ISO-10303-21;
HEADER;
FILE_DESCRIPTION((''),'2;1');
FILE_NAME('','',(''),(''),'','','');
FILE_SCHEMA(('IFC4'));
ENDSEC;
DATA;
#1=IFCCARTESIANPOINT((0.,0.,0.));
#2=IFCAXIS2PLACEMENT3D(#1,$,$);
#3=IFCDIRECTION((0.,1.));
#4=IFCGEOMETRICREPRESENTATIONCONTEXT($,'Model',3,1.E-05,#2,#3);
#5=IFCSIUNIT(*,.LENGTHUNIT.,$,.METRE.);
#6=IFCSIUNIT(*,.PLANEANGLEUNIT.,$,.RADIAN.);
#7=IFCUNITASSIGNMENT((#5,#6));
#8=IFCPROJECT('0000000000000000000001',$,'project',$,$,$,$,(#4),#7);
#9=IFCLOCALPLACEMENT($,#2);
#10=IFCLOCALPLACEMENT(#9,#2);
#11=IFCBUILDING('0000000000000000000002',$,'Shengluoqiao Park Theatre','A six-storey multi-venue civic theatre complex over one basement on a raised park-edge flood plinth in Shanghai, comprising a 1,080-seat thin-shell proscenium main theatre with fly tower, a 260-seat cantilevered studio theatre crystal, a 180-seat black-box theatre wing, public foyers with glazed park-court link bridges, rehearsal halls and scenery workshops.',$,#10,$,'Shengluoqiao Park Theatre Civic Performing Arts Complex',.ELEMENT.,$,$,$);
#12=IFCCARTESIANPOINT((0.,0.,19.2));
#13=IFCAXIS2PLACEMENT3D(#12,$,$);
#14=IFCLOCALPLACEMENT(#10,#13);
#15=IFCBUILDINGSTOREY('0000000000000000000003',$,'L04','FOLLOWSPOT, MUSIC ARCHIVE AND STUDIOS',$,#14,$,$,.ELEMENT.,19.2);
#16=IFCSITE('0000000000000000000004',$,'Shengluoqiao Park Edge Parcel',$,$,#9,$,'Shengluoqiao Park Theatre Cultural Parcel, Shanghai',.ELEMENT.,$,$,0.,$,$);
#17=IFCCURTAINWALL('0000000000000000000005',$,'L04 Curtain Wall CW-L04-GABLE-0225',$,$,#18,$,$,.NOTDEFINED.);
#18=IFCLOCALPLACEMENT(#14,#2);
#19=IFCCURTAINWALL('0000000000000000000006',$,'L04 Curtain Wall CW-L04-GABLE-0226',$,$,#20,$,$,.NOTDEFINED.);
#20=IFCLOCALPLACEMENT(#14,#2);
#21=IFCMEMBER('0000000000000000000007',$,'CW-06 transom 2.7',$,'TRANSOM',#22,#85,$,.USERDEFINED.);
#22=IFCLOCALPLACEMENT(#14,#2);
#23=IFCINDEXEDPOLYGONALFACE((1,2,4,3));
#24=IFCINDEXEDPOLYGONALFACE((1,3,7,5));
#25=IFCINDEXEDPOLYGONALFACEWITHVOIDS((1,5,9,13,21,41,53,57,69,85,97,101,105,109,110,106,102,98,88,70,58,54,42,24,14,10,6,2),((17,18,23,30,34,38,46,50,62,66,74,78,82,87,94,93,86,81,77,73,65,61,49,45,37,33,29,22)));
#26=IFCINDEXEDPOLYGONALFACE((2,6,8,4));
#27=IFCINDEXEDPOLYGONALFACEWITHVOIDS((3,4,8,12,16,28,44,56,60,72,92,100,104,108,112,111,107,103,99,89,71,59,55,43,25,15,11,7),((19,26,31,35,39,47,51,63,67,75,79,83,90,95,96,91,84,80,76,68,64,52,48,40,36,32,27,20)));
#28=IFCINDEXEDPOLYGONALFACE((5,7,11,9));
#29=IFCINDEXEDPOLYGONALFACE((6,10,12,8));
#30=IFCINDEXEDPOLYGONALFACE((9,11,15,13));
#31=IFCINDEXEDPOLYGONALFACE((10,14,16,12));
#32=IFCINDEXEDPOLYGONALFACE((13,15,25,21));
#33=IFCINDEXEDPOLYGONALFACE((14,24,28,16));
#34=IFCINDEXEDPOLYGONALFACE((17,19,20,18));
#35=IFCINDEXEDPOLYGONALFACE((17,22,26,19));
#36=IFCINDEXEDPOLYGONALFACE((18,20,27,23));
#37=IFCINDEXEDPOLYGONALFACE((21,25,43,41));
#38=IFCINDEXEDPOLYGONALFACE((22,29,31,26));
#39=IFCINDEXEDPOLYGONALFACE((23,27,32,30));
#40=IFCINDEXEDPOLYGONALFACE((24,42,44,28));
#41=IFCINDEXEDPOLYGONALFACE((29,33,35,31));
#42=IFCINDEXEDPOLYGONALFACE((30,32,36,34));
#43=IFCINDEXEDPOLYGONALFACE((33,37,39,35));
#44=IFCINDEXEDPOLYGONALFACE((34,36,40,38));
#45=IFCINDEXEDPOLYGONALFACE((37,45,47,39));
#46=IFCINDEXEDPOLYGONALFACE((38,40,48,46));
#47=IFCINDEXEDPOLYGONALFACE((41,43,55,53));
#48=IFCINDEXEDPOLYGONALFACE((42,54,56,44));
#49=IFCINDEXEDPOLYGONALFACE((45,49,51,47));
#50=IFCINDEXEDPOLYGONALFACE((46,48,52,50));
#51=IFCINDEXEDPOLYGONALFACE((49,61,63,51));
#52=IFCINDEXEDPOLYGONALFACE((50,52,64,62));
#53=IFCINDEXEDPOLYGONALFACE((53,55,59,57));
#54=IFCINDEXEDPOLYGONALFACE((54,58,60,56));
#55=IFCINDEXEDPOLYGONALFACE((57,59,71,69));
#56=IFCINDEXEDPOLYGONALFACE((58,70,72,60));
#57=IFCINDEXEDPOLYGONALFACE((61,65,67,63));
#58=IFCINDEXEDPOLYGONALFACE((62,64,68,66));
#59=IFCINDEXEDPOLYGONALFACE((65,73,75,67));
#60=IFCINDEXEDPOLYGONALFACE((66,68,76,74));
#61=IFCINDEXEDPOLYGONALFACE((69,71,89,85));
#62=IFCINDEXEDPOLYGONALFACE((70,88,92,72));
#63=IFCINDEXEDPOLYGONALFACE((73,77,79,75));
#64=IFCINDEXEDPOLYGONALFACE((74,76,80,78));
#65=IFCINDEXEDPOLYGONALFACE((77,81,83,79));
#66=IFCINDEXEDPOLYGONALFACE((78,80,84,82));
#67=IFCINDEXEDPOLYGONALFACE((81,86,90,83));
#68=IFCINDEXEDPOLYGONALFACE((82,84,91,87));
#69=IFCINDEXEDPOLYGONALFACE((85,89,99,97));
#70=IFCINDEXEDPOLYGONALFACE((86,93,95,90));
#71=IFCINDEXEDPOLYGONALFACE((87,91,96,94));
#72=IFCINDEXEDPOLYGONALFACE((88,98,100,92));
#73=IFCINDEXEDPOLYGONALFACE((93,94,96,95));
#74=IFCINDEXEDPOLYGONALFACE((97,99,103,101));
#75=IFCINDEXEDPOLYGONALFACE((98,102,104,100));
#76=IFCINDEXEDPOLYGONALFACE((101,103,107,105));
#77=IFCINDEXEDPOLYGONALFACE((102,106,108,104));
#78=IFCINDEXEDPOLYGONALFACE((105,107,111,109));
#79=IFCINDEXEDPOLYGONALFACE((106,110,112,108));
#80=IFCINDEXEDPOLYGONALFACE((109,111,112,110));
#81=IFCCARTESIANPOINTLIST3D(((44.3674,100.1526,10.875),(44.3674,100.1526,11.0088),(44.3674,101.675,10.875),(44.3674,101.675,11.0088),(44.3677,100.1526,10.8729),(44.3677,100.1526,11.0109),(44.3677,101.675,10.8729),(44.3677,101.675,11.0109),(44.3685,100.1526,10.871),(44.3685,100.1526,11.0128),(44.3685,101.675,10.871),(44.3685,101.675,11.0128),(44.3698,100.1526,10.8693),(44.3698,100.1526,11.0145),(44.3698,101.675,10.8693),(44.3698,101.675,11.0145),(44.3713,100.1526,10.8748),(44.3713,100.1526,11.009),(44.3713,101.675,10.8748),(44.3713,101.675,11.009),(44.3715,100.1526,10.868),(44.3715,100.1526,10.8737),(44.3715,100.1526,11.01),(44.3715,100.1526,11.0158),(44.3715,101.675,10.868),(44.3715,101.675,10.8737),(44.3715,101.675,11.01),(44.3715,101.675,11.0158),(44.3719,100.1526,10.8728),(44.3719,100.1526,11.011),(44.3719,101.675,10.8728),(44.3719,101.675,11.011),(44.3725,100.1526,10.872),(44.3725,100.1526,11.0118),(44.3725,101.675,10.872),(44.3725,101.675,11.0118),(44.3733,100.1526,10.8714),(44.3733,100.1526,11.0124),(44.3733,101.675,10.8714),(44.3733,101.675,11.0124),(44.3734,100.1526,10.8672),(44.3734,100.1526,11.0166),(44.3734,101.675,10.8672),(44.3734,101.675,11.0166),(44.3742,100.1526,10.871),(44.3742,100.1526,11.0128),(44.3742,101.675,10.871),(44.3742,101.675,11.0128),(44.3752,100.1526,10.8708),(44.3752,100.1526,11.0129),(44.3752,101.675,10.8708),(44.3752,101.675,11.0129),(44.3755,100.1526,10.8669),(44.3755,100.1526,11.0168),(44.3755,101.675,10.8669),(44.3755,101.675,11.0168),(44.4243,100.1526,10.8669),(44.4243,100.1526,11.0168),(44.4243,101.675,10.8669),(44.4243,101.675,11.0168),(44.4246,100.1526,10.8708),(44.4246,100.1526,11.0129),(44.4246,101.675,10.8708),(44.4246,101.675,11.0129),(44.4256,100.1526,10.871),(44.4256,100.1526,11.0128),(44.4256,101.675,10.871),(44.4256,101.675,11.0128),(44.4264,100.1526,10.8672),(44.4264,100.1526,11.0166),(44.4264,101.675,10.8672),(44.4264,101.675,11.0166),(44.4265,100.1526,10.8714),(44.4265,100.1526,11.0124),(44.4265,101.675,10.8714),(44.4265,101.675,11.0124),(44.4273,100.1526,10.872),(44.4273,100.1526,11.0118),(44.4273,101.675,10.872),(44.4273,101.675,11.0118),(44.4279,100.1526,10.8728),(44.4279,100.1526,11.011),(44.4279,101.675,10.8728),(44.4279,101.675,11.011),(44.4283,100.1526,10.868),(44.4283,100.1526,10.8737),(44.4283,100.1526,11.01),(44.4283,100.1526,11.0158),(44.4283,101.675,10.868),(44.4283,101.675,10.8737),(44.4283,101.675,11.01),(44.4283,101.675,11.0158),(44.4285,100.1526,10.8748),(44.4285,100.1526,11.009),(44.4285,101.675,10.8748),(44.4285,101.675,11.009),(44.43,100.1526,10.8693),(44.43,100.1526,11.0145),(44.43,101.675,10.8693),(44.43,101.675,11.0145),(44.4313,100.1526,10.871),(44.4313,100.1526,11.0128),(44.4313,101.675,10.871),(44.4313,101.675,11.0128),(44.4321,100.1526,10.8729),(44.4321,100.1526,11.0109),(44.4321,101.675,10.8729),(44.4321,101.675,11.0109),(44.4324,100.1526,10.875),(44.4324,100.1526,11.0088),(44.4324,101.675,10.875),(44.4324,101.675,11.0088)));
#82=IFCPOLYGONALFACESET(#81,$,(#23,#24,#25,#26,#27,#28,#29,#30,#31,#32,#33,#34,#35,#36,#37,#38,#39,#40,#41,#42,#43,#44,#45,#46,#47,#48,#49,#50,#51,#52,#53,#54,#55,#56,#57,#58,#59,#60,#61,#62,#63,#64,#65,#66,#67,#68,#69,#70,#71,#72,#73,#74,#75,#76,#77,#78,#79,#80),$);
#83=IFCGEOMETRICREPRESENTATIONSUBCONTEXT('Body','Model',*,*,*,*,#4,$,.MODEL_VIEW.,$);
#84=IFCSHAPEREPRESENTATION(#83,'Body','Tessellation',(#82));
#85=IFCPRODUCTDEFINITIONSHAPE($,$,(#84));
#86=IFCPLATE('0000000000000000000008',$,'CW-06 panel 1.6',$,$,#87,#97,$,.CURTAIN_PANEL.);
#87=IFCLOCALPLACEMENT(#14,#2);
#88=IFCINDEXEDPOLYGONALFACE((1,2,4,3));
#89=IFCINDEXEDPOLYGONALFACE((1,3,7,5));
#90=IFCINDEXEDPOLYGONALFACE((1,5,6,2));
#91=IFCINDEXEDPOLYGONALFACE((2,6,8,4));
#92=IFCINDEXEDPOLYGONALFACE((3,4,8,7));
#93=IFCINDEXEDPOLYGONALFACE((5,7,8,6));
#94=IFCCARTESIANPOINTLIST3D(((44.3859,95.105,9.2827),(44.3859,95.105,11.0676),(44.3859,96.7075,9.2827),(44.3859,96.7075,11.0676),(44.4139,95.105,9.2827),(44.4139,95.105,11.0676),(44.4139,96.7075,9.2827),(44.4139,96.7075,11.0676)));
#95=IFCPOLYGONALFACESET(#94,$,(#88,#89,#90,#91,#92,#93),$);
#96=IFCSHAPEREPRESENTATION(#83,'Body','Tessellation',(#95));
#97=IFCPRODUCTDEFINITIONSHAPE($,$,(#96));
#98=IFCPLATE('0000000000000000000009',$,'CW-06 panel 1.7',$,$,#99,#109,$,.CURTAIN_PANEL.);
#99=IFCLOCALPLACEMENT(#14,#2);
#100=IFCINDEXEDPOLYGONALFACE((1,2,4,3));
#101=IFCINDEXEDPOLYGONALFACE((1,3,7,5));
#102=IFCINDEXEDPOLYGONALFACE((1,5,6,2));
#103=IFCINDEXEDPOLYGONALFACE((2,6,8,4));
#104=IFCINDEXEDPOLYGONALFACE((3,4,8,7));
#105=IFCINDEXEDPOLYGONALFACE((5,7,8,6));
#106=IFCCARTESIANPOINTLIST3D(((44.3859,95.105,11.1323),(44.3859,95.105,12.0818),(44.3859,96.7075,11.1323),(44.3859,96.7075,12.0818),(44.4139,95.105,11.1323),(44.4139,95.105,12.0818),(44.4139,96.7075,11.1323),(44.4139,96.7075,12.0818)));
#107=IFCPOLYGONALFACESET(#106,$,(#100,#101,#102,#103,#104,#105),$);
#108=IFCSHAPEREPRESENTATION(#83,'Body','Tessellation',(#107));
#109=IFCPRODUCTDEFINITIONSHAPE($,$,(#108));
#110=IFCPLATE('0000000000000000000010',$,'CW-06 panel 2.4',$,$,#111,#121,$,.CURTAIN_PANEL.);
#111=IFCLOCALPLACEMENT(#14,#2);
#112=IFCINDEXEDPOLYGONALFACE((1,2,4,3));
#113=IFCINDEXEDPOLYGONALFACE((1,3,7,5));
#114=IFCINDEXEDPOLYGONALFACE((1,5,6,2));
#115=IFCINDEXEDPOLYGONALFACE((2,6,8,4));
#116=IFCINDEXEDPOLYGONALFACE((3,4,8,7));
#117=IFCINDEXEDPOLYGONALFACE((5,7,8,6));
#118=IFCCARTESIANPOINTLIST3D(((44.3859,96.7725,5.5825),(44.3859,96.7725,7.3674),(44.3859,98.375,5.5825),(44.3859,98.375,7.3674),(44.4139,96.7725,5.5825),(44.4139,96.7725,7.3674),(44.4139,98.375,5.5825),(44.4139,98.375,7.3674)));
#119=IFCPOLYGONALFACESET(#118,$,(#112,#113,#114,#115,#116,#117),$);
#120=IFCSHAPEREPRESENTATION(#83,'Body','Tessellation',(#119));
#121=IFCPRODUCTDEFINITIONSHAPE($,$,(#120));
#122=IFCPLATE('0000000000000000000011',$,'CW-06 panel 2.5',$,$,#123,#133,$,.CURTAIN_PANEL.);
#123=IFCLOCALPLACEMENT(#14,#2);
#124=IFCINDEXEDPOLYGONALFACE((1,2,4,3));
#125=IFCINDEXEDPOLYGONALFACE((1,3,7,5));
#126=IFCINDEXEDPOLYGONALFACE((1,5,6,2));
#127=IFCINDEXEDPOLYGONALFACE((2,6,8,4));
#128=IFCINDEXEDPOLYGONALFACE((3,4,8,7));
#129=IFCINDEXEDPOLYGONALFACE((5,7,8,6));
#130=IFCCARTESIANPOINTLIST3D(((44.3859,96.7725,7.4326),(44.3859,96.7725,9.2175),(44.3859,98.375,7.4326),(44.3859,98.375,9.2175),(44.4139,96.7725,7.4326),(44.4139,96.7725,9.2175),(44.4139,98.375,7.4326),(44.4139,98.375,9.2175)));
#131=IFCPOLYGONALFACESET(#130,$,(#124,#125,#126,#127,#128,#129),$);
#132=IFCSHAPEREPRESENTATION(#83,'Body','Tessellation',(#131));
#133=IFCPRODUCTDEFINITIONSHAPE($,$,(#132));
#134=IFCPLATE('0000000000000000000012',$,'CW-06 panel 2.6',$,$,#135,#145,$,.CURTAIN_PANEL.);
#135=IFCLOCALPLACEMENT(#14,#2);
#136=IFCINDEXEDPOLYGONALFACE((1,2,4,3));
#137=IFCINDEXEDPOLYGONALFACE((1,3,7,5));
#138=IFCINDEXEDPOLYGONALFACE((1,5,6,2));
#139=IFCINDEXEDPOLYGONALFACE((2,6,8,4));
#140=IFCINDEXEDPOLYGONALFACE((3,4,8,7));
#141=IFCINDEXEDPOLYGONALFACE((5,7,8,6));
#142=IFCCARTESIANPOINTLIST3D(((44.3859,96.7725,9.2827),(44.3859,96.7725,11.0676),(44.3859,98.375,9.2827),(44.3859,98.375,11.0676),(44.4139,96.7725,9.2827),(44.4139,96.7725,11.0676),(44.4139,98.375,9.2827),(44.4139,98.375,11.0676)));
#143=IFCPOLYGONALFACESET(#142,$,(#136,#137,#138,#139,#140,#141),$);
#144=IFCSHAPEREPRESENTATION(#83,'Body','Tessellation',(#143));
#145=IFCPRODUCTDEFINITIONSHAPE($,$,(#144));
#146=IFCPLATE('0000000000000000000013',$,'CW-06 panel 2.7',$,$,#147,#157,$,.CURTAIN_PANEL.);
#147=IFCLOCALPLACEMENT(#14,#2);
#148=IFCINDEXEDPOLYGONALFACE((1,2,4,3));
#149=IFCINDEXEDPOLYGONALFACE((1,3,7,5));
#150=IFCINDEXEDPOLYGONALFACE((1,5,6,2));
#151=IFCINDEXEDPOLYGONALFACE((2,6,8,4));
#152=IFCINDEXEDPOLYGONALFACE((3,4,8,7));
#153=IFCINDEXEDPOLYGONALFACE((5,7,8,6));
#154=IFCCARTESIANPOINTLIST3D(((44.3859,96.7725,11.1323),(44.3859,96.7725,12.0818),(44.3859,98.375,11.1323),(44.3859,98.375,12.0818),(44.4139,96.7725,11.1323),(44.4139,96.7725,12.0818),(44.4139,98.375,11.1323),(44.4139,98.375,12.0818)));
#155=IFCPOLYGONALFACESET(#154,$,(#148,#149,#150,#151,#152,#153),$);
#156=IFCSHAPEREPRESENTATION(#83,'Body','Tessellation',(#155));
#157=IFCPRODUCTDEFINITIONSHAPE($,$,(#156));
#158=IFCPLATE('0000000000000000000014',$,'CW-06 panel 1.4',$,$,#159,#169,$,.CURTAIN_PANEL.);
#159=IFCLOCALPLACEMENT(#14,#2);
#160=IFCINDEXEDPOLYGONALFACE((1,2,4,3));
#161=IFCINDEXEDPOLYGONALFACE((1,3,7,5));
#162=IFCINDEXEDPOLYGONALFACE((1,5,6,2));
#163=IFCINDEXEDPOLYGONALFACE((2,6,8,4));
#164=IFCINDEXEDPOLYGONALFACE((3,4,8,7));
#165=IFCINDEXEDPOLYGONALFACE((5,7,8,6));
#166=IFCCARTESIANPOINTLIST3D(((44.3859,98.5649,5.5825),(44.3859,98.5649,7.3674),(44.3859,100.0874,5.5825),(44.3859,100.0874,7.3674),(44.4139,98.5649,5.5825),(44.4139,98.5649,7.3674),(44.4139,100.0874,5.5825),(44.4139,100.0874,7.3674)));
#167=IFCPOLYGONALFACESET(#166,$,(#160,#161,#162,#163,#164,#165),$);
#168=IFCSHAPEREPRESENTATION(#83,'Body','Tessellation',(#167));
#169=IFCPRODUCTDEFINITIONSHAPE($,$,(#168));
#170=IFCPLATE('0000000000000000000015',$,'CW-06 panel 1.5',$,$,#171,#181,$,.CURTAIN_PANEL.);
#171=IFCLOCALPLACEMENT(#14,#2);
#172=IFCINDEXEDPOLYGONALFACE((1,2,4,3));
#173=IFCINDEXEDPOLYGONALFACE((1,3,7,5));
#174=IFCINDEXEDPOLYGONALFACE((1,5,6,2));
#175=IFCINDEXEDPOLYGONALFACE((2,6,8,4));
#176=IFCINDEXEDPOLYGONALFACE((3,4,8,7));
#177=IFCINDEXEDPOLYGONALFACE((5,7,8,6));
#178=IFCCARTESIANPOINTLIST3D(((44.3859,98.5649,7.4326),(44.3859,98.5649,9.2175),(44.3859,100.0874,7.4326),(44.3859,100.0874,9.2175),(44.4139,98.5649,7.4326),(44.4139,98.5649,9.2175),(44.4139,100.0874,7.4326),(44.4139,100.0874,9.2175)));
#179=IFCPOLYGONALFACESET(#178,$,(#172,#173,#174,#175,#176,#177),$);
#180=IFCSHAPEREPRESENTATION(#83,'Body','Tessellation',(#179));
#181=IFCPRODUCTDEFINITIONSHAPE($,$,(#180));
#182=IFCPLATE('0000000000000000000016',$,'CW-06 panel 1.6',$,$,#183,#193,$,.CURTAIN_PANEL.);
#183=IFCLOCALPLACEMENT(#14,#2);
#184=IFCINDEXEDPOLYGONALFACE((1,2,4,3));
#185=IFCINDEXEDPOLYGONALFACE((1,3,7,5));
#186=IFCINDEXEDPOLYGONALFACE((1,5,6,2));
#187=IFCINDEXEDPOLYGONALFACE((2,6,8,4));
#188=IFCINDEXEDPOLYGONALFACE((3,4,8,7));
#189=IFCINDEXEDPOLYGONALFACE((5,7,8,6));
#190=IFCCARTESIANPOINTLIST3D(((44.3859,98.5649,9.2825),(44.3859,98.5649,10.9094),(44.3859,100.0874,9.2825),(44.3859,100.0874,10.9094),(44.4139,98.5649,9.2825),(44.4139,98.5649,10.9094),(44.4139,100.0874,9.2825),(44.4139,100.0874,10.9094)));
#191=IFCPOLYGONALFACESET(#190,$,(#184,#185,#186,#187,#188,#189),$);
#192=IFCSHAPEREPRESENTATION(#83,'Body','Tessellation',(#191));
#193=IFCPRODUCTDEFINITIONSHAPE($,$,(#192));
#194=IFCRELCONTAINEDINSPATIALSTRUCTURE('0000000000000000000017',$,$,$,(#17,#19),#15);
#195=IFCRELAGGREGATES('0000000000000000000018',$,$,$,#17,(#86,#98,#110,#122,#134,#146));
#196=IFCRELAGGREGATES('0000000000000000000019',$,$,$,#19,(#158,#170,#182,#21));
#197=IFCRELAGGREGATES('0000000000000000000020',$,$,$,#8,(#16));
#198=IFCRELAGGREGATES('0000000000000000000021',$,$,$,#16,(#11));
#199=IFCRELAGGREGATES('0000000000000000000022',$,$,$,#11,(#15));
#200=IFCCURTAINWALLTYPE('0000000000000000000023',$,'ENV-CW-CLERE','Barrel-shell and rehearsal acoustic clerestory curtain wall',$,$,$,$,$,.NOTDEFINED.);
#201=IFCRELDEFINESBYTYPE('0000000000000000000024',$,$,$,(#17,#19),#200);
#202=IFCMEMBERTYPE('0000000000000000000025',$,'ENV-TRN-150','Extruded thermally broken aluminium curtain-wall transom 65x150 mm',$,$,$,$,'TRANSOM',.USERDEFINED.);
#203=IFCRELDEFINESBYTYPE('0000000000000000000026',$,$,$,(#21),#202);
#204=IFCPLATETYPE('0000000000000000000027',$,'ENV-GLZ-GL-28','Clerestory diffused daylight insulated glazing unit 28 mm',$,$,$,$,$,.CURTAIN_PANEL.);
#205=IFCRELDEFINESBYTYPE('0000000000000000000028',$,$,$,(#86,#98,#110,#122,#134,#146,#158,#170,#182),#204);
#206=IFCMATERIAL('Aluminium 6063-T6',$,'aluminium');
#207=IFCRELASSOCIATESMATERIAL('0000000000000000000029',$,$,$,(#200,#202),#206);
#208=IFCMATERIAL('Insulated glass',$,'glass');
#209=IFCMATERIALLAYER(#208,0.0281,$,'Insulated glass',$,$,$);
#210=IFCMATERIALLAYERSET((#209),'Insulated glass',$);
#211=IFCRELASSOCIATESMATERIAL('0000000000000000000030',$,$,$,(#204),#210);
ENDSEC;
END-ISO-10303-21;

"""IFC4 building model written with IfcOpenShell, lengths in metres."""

from ifc_helpers import new_model, si_unit, direction, frame, origin, origin_2d, place, context, subcontext, project, spatial, rectangle, hollow_rectangle, extrude, material, layer, layer_set, material_profile, profile_set, type_object, element, aggregate, save


model = new_model("IFC4")

# Units and contexts
model_context = context("Model", 3, precision=1e-05, world=origin(), true_north=direction((0.0, 1.0)))
body_context = subcontext(model_context, "Body", "Model", "MODEL_VIEW")
ifc_project = project(units=[si_unit("LENGTHUNIT", "METRE"), si_unit("PLANEANGLEUNIT", "RADIAN")], contexts=[model_context])

# Site, building, storey
site_placement = place(None, origin())
site = spatial("IfcSite", under=ifc_project, at=site_placement, Name="Shengluoqiao Park Edge Parcel", LongName="Shengluoqiao Park Theatre Cultural Parcel, Shanghai", CompositionType="ELEMENT", RefElevation=0.0)
building_placement = place(site_placement, origin())
building = spatial("IfcBuilding", under=site, at=building_placement, Name="Shengluoqiao Park Theatre", Description="A six-storey multi-venue civic theatre complex over one basement on a raised park-edge flood plinth in Shanghai, comprising a 1,080-seat thin-shell proscenium main theatre with fly tower, a 260-seat cantilevered studio theatre crystal, a 180-seat black-box theatre wing, public foyers with glazed park-court link bridges, rehearsal halls and scenery workshops.", LongName="Shengluoqiao Park Theatre Civic Performing Arts Complex", CompositionType="ELEMENT")
storey_placement = place(building_placement, frame((0.0, 0.0, 19.2)))
storey = spatial("IfcBuildingStorey", under=building, at=storey_placement, Name="L04", Description="FOLLOWSPOT, MUSIC ARCHIVE AND STUDIOS", CompositionType="ELEMENT", Elevation=19.2)

# Curtain walls, member
ifc_material_1 = material(Name="Aluminium 6063-T6", Category="aluminium")
curtain_wall_type = type_object("IfcCurtainWallType", Name="ENV-CW-CLERE", Description="Barrel-shell and rehearsal acoustic clerestory curtain wall", PredefinedType="NOTDEFINED", material=ifc_material_1)
curtain_wall_1_placement = place(storey_placement, origin())
curtain_wall_1 = element("IfcCurtainWall", 1, at=curtain_wall_1_placement, inside=storey, type_object=curtain_wall_type, Name="L04 Curtain Wall CW-L04-GABLE-0225", PredefinedType="NOTDEFINED")
ifc_material_profile = material_profile(ifc_material_1, hollow_rectangle(XDim=0.0649, YDim=0.1499, WallThickness=0.0039, InnerFilletRadius=0.0039, OuterFilletRadius=0.0081, at=origin_2d()), Name="ALU TRANSOM 150x65x4")
ifc_profile_set = profile_set([ifc_material_profile], Name="Aluminium 6063-T6")
member_type = type_object("IfcMemberType", Name="ENV-TRN-150", Description="Extruded thermally broken aluminium curtain-wall transom 65x150 mm", ElementType="TRANSOM", PredefinedType="USERDEFINED", material=ifc_profile_set)
curtain_wall_2_placement = place(storey_placement, origin())
curtain_wall_2 = element("IfcCurtainWall", 2, at=curtain_wall_2_placement, inside=storey, type_object=curtain_wall_type, Name="L04 Curtain Wall CW-L04-GABLE-0226", PredefinedType="NOTDEFINED")
member_1_placement = place(storey_placement, frame((44.3999, 100.1526, 10.9419), z_axis=(0.0, 1.0, 0.0), x_axis=(-1.0, 0.0, 0.0)))
member_1 = element("IfcMember", 3, at=member_1_placement, type_object=member_type, Name="CW-06 transom 2.7", ObjectType="TRANSOM", PredefinedType="USERDEFINED", context=body_context, shape_type="SweptSolid", body=[
    extrude(hollow_rectangle(XDim=0.0649, YDim=0.1499, WallThickness=0.0039, InnerFilletRadius=0.0039, OuterFilletRadius=0.0081, at=origin_2d()), origin(), (0.0, 0.0, 1.0), 1.5225),
])

# Plates
ifc_material_2 = material(Name="Insulated glass", Category="glass")
ifc_layer = layer(ifc_material_2, 0.0281, Name="Insulated glass")
ifc_layer_set = layer_set([ifc_layer], Name="Insulated glass")
plate_type = type_object("IfcPlateType", Name="ENV-GLZ-GL-28", Description="Clerestory diffused daylight insulated glazing unit 28 mm", PredefinedType="CURTAIN_PANEL", material=ifc_layer_set)
plate_1_placement = place(storey_placement, frame((44.3999, 95.9062, 9.2827), z_axis=(0.0, 0.0, 1.0), x_axis=(0.0, 1.0, 0.0)))
plate_1 = element("IfcPlate", 4, at=plate_1_placement, type_object=plate_type, Name="CW-06 panel 1.6", PredefinedType="CURTAIN_PANEL", context=body_context, shape_type="SweptSolid", body=[
    extrude(rectangle(XDim=1.6025, YDim=0.0281, at=origin_2d()), origin(), (0.0, 0.0, 1.0), 1.7849),
])
plate_2_placement = place(storey_placement, frame((44.3999, 95.9062, 11.1323), z_axis=(0.0, 0.0, 1.0), x_axis=(0.0, 1.0, 0.0)))
plate_2 = element("IfcPlate", 5, at=plate_2_placement, type_object=plate_type, Name="CW-06 panel 1.7", PredefinedType="CURTAIN_PANEL", context=body_context, shape_type="SweptSolid", body=[
    extrude(rectangle(XDim=1.6025, YDim=0.0281, at=origin_2d()), origin(), (0.0, 0.0, 1.0), 0.9495),
])
plate_3_placement = place(storey_placement, frame((44.3999, 97.5737, 5.5825), z_axis=(0.0, 0.0, 1.0), x_axis=(0.0, 1.0, 0.0)))
plate_3 = element("IfcPlate", 6, at=plate_3_placement, type_object=plate_type, Name="CW-06 panel 2.4", PredefinedType="CURTAIN_PANEL", context=body_context, shape_type="SweptSolid", body=[
    extrude(rectangle(XDim=1.6025, YDim=0.0281, at=origin_2d()), origin(), (0.0, 0.0, 1.0), 1.7849),
])
plate_4_placement = place(storey_placement, frame((44.3999, 97.5737, 7.4326), z_axis=(0.0, 0.0, 1.0), x_axis=(0.0, 1.0, 0.0)))
plate_4 = element("IfcPlate", 7, at=plate_4_placement, type_object=plate_type, Name="CW-06 panel 2.5", PredefinedType="CURTAIN_PANEL", context=body_context, shape_type="SweptSolid", body=[
    extrude(rectangle(XDim=1.6025, YDim=0.0281, at=origin_2d()), origin(), (0.0, 0.0, 1.0), 1.7849),
])
plate_5_placement = place(storey_placement, frame((44.3999, 97.5737, 9.2827), z_axis=(0.0, 0.0, 1.0), x_axis=(0.0, 1.0, 0.0)))
plate_5 = element("IfcPlate", 8, at=plate_5_placement, type_object=plate_type, Name="CW-06 panel 2.6", PredefinedType="CURTAIN_PANEL", context=body_context, shape_type="SweptSolid", body=[
    extrude(rectangle(XDim=1.6025, YDim=0.0281, at=origin_2d()), origin(), (0.0, 0.0, 1.0), 1.7849),
])
plate_6_placement = place(storey_placement, frame((44.3999, 97.5737, 11.1323), z_axis=(0.0, 0.0, 1.0), x_axis=(0.0, 1.0, 0.0)))
plate_6 = element("IfcPlate", 9, at=plate_6_placement, type_object=plate_type, Name="CW-06 panel 2.7", PredefinedType="CURTAIN_PANEL", context=body_context, shape_type="SweptSolid", body=[
    extrude(rectangle(XDim=1.6025, YDim=0.0281, at=origin_2d()), origin(), (0.0, 0.0, 1.0), 0.9495),
])
aggregate(curtain_wall_1, [plate_1, plate_2, plate_3, plate_4, plate_5, plate_6])
plate_7_placement = place(storey_placement, frame((44.3999, 99.3262, 5.5825), z_axis=(0.0, 0.0, 1.0), x_axis=(0.0, 1.0, 0.0)))
plate_7 = element("IfcPlate", 10, at=plate_7_placement, type_object=plate_type, Name="CW-06 panel 1.4", PredefinedType="CURTAIN_PANEL", context=body_context, shape_type="SweptSolid", body=[
    extrude(rectangle(XDim=1.5225, YDim=0.0281, at=origin_2d()), origin(), (0.0, 0.0, 1.0), 1.7849),
])
plate_8_placement = place(storey_placement, frame((44.3999, 99.3262, 7.4326), z_axis=(0.0, 0.0, 1.0), x_axis=(0.0, 1.0, 0.0)))
plate_8 = element("IfcPlate", 11, at=plate_8_placement, type_object=plate_type, Name="CW-06 panel 1.5", PredefinedType="CURTAIN_PANEL", context=body_context, shape_type="SweptSolid", body=[
    extrude(rectangle(XDim=1.5225, YDim=0.0281, at=origin_2d()), origin(), (0.0, 0.0, 1.0), 1.7849),
])
plate_9_placement = place(storey_placement, frame((44.3999, 99.3262, 9.2825), z_axis=(0.0, 0.0, 1.0), x_axis=(0.0, 1.0, 0.0)))
plate_9 = element("IfcPlate", 12, at=plate_9_placement, type_object=plate_type, Name="CW-06 panel 1.6", PredefinedType="CURTAIN_PANEL", context=body_context, shape_type="SweptSolid", body=[
    extrude(rectangle(XDim=1.5225, YDim=0.0281, at=origin_2d()), origin(), (0.0, 0.0, 1.0), 1.627),
])
aggregate(curtain_wall_2, [plate_7, plate_8, plate_9, member_1])

save(model, "model.ifc")
